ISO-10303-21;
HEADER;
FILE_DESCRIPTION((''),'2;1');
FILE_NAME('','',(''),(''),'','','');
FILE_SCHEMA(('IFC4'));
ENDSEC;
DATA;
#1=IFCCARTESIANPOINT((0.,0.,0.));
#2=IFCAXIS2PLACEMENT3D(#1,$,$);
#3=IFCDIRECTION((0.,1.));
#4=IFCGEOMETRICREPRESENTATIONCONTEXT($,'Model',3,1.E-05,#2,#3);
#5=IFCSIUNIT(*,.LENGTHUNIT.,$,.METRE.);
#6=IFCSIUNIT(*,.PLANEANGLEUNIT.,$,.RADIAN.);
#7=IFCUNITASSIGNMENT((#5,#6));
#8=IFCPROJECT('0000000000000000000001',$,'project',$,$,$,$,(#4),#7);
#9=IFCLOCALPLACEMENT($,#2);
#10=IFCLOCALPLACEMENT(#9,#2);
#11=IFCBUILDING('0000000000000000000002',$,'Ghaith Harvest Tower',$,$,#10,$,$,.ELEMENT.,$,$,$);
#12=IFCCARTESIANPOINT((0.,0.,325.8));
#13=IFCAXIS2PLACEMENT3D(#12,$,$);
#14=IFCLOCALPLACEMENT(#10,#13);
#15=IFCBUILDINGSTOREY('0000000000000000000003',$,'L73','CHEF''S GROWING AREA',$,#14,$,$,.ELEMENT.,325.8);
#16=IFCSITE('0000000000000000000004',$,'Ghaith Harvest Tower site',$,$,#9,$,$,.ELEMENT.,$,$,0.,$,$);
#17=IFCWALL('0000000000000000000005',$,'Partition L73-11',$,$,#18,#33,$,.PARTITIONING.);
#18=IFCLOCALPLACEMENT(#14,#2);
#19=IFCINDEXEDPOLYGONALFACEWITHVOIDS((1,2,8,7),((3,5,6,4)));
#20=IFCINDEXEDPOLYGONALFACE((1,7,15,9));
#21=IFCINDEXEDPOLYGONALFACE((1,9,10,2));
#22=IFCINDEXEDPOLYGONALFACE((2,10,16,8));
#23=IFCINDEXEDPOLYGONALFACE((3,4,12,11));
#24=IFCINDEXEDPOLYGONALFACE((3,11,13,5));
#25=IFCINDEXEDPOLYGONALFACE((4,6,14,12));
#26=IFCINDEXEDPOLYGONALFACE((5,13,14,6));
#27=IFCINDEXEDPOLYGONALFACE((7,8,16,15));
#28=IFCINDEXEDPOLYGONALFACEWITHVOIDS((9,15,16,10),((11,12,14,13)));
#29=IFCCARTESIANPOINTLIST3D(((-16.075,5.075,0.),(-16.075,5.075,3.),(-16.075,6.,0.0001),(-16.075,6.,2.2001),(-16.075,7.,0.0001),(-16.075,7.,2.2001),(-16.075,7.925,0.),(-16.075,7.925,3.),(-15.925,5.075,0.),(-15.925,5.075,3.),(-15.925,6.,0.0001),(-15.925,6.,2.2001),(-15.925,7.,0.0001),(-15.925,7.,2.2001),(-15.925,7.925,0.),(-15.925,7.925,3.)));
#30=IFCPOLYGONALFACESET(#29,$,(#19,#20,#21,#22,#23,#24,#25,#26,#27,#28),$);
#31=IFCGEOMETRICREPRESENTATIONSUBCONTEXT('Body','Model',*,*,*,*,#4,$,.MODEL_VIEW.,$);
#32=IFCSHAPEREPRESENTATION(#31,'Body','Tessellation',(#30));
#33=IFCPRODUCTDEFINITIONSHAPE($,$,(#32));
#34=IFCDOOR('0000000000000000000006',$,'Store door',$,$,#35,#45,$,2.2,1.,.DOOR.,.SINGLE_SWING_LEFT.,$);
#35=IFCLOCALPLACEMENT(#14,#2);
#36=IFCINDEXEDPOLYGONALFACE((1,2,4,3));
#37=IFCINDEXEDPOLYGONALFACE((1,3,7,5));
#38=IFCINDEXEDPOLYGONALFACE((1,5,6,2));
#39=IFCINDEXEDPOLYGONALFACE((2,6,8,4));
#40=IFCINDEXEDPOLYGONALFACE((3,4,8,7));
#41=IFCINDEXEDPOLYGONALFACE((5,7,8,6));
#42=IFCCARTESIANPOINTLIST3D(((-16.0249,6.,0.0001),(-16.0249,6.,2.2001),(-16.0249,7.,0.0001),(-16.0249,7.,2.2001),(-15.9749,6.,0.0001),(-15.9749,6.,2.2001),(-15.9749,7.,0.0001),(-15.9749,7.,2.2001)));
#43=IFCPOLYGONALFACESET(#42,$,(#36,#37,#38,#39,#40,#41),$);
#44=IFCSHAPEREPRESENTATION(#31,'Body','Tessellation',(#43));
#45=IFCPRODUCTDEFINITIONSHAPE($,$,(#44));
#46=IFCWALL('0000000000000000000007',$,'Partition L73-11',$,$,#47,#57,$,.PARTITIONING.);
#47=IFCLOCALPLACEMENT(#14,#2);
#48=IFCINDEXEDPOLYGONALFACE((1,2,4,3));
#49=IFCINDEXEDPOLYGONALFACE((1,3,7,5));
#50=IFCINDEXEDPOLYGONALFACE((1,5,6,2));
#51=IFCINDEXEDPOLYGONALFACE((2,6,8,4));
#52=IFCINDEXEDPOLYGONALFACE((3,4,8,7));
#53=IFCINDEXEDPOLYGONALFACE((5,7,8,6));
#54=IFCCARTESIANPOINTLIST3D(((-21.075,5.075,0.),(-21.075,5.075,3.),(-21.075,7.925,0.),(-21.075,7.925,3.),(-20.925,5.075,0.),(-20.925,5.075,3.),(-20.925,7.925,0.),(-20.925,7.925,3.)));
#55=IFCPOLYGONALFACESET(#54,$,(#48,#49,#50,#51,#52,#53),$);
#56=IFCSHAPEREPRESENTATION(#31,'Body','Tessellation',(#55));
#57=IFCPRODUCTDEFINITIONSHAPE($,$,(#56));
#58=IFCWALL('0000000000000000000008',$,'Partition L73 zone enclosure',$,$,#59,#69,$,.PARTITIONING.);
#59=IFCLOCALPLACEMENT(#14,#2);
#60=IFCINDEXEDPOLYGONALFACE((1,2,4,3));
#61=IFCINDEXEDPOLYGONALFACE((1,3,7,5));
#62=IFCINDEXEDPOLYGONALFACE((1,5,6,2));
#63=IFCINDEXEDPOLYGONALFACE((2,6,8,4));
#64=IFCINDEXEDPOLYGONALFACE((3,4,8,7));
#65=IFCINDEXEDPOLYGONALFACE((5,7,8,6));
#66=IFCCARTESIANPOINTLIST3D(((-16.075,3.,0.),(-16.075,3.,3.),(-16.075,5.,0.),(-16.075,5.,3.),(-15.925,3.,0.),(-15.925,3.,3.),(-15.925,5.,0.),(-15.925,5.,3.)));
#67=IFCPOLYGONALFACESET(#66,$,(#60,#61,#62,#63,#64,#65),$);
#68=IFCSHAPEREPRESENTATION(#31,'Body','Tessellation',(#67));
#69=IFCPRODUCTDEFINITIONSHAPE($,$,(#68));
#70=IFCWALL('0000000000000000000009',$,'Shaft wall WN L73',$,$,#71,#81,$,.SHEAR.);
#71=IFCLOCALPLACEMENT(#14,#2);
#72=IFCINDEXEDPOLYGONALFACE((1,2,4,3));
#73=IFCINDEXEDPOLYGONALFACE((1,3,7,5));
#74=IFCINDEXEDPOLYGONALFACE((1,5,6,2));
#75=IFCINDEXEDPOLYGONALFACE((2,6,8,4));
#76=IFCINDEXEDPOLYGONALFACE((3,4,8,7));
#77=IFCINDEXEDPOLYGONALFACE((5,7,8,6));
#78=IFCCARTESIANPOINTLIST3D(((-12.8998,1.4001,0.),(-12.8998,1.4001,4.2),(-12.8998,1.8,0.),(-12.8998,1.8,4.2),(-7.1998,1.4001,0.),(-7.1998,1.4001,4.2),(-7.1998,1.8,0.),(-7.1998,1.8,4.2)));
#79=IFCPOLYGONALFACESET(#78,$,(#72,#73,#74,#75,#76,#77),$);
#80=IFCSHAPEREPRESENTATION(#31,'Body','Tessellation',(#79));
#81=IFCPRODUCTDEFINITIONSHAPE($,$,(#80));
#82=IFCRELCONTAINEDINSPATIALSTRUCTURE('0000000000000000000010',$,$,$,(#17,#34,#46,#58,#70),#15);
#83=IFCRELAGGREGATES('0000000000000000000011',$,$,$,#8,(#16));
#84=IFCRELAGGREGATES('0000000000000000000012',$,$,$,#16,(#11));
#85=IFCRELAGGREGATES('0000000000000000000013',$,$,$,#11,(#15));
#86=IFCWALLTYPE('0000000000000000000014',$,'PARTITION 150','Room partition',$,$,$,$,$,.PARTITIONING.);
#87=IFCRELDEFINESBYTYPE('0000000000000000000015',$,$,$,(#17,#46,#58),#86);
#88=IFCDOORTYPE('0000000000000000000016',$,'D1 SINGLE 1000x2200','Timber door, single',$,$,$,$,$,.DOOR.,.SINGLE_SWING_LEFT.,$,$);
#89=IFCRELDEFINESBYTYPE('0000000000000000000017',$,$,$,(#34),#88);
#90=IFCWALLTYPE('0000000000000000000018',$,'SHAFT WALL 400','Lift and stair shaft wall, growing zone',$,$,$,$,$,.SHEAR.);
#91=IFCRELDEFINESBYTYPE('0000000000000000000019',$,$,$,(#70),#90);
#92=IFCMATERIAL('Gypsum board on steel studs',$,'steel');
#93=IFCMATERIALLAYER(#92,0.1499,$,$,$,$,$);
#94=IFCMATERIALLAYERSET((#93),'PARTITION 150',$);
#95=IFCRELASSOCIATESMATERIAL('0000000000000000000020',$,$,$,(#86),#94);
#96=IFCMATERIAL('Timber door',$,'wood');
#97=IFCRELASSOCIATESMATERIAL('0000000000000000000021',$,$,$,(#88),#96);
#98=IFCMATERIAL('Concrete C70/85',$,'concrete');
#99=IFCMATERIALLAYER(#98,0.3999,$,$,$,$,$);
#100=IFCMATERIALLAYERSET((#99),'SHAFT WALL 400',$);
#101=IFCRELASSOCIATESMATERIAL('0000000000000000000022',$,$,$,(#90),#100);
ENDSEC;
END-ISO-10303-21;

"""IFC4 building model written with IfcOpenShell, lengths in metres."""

from ifc_helpers import new_model, si_unit, direction, frame, frame_2d, origin, place, context, subcontext, project, spatial, rectangle, extrude, material, layer, layer_set, type_object, element, fill, save


model = new_model("IFC4")

# Units and contexts
model_context = context("Model", 3, precision=1e-05, world=origin(), true_north=direction((0.0, 1.0)))
body_context = subcontext(model_context, "Body", "Model", "MODEL_VIEW")
ifc_project = project(units=[si_unit("LENGTHUNIT", "METRE"), si_unit("PLANEANGLEUNIT", "RADIAN")], contexts=[model_context])

# Site, building, storey
site_placement = place(None, origin())
site = spatial("IfcSite", under=ifc_project, at=site_placement, Name="Ghaith Harvest Tower site", CompositionType="ELEMENT", RefElevation=0.0)
building_placement = place(site_placement, origin())
building = spatial("IfcBuilding", under=site, at=building_placement, Name="Ghaith Harvest Tower", CompositionType="ELEMENT")
storey_placement = place(building_placement, frame((0.0, 0.0, 325.8)))
storey = spatial("IfcBuildingStorey", under=building, at=storey_placement, Name="L73", Description="CHEF'S GROWING AREA", CompositionType="ELEMENT", Elevation=325.8)

# Shared definitions
ifc_material_1 = material(Name="Gypsum board on steel studs", Category="steel")
ifc_layer_1 = layer(ifc_material_1, 0.1499)
ifc_layer_set_1 = layer_set([ifc_layer_1], Name="PARTITION 150")
wall_type_1 = type_object("IfcWallType", Name="PARTITION 150", Description="Room partition", PredefinedType="PARTITIONING", material=ifc_layer_set_1)

# Wall, opening, door
wall_1_placement = place(storey_placement, frame((-16.0, 5.075, 0.0), z_axis=(0.0, 0.0, 1.0), x_axis=(0.0, 1.0, 0.0)))
wall_1 = element("IfcWall", 1, at=wall_1_placement, inside=storey, type_object=wall_type_1, Name="Partition L73-11", PredefinedType="PARTITIONING", context=body_context, shape_type="SweptSolid", body=[
    extrude(rectangle(XDim=2.8501, YDim=0.1499, at=frame_2d((1.425, 0.0))), origin(), (0.0, 0.0, 1.0), 3.0),
])
opening_placement = place(wall_1_placement, frame((0.925, 0.0, 0.0)))
opening = element("IfcOpeningElement", 2, at=opening_placement, cuts=wall_1, PredefinedType="OPENING", context=body_context, shape_type="SweptSolid", body=[
    extrude(rectangle(XDim=1.0, YDim=2.2, at=frame_2d((0.5, 1.1001))), frame((0.0, 0.085, 0.0), z_axis=(0.0, -1.0, 0.0), x_axis=(1.0, 0.0, 0.0)), (0.0, 0.0, 1.0), 0.1699),
])
ifc_material_2 = material(Name="Timber door", Category="wood")
door_type = type_object("IfcDoorType", Name="D1 SINGLE 1000x2200", Description="Timber door, single", OperationType="SINGLE_SWING_LEFT", PredefinedType="DOOR", material=ifc_material_2)
door_placement = place(opening_placement, origin())
door = element("IfcDoor", 3, at=door_placement, inside=storey, type_object=door_type, Name="Store door", OperationType="SINGLE_SWING_LEFT", OverallHeight=2.2, OverallWidth=1.0, PredefinedType="DOOR", context=body_context, shape_type="SweptSolid", body=[
    extrude(rectangle(XDim=1.0, YDim=2.2, at=frame_2d((0.5, 1.1001))), frame((0.0, 0.0249, 0.0), z_axis=(0.0, -1.0, 0.0), x_axis=(1.0, 0.0, 0.0)), (0.0, 0.0, 1.0), 0.05),
])
fill(opening, door)

# Walls
wall_2_placement = place(storey_placement, frame((-21.0, 5.075, 0.0), z_axis=(0.0, 0.0, 1.0), x_axis=(0.0, 1.0, 0.0)))
element("IfcWall", 4, at=wall_2_placement, inside=storey, type_object=wall_type_1, Name="Partition L73-11", PredefinedType="PARTITIONING", context=body_context, shape_type="SweptSolid", body=[
    extrude(rectangle(XDim=2.8501, YDim=0.1499, at=frame_2d((1.425, 0.0))), origin(), (0.0, 0.0, 1.0), 3.0),
])
wall_3_placement = place(storey_placement, frame((-16.0, 5.0, 0.0), z_axis=(0.0, 0.0, 1.0), x_axis=(0.0, -1.0, 0.0)))
element("IfcWall", 5, at=wall_3_placement, inside=storey, type_object=wall_type_1, Name="Partition L73 zone enclosure", PredefinedType="PARTITIONING", context=body_context, shape_type="SweptSolid", body=[
    extrude(rectangle(XDim=2.0, YDim=0.1499, at=frame_2d((1.0, 0.0))), origin(), (0.0, 0.0, 1.0), 3.0),
])
ifc_material_3 = material(Name="Concrete C70/85", Category="concrete")
ifc_layer_2 = layer(ifc_material_3, 0.3999)
ifc_layer_set_2 = layer_set([ifc_layer_2], Name="SHAFT WALL 400")
wall_type_2 = type_object("IfcWallType", Name="SHAFT WALL 400", Description="Lift and stair shaft wall, growing zone", PredefinedType="SHEAR", material=ifc_layer_set_2)
wall_4_placement = place(storey_placement, frame((-12.8999, 1.6001, 0.0), z_axis=(0.0, 0.0, 1.0), x_axis=(1.0, 0.0, 0.0)))
element("IfcWall", 6, at=wall_4_placement, inside=storey, type_object=wall_type_2, Name="Shaft wall WN L73", PredefinedType="SHEAR", context=body_context, shape_type="SweptSolid", body=[
    extrude(rectangle(XDim=5.7, YDim=0.3999, at=frame_2d((2.8501, 0.0))), origin(), (0.0, 0.0, 1.0), 4.2),
])

save(model, "model.ifc")
